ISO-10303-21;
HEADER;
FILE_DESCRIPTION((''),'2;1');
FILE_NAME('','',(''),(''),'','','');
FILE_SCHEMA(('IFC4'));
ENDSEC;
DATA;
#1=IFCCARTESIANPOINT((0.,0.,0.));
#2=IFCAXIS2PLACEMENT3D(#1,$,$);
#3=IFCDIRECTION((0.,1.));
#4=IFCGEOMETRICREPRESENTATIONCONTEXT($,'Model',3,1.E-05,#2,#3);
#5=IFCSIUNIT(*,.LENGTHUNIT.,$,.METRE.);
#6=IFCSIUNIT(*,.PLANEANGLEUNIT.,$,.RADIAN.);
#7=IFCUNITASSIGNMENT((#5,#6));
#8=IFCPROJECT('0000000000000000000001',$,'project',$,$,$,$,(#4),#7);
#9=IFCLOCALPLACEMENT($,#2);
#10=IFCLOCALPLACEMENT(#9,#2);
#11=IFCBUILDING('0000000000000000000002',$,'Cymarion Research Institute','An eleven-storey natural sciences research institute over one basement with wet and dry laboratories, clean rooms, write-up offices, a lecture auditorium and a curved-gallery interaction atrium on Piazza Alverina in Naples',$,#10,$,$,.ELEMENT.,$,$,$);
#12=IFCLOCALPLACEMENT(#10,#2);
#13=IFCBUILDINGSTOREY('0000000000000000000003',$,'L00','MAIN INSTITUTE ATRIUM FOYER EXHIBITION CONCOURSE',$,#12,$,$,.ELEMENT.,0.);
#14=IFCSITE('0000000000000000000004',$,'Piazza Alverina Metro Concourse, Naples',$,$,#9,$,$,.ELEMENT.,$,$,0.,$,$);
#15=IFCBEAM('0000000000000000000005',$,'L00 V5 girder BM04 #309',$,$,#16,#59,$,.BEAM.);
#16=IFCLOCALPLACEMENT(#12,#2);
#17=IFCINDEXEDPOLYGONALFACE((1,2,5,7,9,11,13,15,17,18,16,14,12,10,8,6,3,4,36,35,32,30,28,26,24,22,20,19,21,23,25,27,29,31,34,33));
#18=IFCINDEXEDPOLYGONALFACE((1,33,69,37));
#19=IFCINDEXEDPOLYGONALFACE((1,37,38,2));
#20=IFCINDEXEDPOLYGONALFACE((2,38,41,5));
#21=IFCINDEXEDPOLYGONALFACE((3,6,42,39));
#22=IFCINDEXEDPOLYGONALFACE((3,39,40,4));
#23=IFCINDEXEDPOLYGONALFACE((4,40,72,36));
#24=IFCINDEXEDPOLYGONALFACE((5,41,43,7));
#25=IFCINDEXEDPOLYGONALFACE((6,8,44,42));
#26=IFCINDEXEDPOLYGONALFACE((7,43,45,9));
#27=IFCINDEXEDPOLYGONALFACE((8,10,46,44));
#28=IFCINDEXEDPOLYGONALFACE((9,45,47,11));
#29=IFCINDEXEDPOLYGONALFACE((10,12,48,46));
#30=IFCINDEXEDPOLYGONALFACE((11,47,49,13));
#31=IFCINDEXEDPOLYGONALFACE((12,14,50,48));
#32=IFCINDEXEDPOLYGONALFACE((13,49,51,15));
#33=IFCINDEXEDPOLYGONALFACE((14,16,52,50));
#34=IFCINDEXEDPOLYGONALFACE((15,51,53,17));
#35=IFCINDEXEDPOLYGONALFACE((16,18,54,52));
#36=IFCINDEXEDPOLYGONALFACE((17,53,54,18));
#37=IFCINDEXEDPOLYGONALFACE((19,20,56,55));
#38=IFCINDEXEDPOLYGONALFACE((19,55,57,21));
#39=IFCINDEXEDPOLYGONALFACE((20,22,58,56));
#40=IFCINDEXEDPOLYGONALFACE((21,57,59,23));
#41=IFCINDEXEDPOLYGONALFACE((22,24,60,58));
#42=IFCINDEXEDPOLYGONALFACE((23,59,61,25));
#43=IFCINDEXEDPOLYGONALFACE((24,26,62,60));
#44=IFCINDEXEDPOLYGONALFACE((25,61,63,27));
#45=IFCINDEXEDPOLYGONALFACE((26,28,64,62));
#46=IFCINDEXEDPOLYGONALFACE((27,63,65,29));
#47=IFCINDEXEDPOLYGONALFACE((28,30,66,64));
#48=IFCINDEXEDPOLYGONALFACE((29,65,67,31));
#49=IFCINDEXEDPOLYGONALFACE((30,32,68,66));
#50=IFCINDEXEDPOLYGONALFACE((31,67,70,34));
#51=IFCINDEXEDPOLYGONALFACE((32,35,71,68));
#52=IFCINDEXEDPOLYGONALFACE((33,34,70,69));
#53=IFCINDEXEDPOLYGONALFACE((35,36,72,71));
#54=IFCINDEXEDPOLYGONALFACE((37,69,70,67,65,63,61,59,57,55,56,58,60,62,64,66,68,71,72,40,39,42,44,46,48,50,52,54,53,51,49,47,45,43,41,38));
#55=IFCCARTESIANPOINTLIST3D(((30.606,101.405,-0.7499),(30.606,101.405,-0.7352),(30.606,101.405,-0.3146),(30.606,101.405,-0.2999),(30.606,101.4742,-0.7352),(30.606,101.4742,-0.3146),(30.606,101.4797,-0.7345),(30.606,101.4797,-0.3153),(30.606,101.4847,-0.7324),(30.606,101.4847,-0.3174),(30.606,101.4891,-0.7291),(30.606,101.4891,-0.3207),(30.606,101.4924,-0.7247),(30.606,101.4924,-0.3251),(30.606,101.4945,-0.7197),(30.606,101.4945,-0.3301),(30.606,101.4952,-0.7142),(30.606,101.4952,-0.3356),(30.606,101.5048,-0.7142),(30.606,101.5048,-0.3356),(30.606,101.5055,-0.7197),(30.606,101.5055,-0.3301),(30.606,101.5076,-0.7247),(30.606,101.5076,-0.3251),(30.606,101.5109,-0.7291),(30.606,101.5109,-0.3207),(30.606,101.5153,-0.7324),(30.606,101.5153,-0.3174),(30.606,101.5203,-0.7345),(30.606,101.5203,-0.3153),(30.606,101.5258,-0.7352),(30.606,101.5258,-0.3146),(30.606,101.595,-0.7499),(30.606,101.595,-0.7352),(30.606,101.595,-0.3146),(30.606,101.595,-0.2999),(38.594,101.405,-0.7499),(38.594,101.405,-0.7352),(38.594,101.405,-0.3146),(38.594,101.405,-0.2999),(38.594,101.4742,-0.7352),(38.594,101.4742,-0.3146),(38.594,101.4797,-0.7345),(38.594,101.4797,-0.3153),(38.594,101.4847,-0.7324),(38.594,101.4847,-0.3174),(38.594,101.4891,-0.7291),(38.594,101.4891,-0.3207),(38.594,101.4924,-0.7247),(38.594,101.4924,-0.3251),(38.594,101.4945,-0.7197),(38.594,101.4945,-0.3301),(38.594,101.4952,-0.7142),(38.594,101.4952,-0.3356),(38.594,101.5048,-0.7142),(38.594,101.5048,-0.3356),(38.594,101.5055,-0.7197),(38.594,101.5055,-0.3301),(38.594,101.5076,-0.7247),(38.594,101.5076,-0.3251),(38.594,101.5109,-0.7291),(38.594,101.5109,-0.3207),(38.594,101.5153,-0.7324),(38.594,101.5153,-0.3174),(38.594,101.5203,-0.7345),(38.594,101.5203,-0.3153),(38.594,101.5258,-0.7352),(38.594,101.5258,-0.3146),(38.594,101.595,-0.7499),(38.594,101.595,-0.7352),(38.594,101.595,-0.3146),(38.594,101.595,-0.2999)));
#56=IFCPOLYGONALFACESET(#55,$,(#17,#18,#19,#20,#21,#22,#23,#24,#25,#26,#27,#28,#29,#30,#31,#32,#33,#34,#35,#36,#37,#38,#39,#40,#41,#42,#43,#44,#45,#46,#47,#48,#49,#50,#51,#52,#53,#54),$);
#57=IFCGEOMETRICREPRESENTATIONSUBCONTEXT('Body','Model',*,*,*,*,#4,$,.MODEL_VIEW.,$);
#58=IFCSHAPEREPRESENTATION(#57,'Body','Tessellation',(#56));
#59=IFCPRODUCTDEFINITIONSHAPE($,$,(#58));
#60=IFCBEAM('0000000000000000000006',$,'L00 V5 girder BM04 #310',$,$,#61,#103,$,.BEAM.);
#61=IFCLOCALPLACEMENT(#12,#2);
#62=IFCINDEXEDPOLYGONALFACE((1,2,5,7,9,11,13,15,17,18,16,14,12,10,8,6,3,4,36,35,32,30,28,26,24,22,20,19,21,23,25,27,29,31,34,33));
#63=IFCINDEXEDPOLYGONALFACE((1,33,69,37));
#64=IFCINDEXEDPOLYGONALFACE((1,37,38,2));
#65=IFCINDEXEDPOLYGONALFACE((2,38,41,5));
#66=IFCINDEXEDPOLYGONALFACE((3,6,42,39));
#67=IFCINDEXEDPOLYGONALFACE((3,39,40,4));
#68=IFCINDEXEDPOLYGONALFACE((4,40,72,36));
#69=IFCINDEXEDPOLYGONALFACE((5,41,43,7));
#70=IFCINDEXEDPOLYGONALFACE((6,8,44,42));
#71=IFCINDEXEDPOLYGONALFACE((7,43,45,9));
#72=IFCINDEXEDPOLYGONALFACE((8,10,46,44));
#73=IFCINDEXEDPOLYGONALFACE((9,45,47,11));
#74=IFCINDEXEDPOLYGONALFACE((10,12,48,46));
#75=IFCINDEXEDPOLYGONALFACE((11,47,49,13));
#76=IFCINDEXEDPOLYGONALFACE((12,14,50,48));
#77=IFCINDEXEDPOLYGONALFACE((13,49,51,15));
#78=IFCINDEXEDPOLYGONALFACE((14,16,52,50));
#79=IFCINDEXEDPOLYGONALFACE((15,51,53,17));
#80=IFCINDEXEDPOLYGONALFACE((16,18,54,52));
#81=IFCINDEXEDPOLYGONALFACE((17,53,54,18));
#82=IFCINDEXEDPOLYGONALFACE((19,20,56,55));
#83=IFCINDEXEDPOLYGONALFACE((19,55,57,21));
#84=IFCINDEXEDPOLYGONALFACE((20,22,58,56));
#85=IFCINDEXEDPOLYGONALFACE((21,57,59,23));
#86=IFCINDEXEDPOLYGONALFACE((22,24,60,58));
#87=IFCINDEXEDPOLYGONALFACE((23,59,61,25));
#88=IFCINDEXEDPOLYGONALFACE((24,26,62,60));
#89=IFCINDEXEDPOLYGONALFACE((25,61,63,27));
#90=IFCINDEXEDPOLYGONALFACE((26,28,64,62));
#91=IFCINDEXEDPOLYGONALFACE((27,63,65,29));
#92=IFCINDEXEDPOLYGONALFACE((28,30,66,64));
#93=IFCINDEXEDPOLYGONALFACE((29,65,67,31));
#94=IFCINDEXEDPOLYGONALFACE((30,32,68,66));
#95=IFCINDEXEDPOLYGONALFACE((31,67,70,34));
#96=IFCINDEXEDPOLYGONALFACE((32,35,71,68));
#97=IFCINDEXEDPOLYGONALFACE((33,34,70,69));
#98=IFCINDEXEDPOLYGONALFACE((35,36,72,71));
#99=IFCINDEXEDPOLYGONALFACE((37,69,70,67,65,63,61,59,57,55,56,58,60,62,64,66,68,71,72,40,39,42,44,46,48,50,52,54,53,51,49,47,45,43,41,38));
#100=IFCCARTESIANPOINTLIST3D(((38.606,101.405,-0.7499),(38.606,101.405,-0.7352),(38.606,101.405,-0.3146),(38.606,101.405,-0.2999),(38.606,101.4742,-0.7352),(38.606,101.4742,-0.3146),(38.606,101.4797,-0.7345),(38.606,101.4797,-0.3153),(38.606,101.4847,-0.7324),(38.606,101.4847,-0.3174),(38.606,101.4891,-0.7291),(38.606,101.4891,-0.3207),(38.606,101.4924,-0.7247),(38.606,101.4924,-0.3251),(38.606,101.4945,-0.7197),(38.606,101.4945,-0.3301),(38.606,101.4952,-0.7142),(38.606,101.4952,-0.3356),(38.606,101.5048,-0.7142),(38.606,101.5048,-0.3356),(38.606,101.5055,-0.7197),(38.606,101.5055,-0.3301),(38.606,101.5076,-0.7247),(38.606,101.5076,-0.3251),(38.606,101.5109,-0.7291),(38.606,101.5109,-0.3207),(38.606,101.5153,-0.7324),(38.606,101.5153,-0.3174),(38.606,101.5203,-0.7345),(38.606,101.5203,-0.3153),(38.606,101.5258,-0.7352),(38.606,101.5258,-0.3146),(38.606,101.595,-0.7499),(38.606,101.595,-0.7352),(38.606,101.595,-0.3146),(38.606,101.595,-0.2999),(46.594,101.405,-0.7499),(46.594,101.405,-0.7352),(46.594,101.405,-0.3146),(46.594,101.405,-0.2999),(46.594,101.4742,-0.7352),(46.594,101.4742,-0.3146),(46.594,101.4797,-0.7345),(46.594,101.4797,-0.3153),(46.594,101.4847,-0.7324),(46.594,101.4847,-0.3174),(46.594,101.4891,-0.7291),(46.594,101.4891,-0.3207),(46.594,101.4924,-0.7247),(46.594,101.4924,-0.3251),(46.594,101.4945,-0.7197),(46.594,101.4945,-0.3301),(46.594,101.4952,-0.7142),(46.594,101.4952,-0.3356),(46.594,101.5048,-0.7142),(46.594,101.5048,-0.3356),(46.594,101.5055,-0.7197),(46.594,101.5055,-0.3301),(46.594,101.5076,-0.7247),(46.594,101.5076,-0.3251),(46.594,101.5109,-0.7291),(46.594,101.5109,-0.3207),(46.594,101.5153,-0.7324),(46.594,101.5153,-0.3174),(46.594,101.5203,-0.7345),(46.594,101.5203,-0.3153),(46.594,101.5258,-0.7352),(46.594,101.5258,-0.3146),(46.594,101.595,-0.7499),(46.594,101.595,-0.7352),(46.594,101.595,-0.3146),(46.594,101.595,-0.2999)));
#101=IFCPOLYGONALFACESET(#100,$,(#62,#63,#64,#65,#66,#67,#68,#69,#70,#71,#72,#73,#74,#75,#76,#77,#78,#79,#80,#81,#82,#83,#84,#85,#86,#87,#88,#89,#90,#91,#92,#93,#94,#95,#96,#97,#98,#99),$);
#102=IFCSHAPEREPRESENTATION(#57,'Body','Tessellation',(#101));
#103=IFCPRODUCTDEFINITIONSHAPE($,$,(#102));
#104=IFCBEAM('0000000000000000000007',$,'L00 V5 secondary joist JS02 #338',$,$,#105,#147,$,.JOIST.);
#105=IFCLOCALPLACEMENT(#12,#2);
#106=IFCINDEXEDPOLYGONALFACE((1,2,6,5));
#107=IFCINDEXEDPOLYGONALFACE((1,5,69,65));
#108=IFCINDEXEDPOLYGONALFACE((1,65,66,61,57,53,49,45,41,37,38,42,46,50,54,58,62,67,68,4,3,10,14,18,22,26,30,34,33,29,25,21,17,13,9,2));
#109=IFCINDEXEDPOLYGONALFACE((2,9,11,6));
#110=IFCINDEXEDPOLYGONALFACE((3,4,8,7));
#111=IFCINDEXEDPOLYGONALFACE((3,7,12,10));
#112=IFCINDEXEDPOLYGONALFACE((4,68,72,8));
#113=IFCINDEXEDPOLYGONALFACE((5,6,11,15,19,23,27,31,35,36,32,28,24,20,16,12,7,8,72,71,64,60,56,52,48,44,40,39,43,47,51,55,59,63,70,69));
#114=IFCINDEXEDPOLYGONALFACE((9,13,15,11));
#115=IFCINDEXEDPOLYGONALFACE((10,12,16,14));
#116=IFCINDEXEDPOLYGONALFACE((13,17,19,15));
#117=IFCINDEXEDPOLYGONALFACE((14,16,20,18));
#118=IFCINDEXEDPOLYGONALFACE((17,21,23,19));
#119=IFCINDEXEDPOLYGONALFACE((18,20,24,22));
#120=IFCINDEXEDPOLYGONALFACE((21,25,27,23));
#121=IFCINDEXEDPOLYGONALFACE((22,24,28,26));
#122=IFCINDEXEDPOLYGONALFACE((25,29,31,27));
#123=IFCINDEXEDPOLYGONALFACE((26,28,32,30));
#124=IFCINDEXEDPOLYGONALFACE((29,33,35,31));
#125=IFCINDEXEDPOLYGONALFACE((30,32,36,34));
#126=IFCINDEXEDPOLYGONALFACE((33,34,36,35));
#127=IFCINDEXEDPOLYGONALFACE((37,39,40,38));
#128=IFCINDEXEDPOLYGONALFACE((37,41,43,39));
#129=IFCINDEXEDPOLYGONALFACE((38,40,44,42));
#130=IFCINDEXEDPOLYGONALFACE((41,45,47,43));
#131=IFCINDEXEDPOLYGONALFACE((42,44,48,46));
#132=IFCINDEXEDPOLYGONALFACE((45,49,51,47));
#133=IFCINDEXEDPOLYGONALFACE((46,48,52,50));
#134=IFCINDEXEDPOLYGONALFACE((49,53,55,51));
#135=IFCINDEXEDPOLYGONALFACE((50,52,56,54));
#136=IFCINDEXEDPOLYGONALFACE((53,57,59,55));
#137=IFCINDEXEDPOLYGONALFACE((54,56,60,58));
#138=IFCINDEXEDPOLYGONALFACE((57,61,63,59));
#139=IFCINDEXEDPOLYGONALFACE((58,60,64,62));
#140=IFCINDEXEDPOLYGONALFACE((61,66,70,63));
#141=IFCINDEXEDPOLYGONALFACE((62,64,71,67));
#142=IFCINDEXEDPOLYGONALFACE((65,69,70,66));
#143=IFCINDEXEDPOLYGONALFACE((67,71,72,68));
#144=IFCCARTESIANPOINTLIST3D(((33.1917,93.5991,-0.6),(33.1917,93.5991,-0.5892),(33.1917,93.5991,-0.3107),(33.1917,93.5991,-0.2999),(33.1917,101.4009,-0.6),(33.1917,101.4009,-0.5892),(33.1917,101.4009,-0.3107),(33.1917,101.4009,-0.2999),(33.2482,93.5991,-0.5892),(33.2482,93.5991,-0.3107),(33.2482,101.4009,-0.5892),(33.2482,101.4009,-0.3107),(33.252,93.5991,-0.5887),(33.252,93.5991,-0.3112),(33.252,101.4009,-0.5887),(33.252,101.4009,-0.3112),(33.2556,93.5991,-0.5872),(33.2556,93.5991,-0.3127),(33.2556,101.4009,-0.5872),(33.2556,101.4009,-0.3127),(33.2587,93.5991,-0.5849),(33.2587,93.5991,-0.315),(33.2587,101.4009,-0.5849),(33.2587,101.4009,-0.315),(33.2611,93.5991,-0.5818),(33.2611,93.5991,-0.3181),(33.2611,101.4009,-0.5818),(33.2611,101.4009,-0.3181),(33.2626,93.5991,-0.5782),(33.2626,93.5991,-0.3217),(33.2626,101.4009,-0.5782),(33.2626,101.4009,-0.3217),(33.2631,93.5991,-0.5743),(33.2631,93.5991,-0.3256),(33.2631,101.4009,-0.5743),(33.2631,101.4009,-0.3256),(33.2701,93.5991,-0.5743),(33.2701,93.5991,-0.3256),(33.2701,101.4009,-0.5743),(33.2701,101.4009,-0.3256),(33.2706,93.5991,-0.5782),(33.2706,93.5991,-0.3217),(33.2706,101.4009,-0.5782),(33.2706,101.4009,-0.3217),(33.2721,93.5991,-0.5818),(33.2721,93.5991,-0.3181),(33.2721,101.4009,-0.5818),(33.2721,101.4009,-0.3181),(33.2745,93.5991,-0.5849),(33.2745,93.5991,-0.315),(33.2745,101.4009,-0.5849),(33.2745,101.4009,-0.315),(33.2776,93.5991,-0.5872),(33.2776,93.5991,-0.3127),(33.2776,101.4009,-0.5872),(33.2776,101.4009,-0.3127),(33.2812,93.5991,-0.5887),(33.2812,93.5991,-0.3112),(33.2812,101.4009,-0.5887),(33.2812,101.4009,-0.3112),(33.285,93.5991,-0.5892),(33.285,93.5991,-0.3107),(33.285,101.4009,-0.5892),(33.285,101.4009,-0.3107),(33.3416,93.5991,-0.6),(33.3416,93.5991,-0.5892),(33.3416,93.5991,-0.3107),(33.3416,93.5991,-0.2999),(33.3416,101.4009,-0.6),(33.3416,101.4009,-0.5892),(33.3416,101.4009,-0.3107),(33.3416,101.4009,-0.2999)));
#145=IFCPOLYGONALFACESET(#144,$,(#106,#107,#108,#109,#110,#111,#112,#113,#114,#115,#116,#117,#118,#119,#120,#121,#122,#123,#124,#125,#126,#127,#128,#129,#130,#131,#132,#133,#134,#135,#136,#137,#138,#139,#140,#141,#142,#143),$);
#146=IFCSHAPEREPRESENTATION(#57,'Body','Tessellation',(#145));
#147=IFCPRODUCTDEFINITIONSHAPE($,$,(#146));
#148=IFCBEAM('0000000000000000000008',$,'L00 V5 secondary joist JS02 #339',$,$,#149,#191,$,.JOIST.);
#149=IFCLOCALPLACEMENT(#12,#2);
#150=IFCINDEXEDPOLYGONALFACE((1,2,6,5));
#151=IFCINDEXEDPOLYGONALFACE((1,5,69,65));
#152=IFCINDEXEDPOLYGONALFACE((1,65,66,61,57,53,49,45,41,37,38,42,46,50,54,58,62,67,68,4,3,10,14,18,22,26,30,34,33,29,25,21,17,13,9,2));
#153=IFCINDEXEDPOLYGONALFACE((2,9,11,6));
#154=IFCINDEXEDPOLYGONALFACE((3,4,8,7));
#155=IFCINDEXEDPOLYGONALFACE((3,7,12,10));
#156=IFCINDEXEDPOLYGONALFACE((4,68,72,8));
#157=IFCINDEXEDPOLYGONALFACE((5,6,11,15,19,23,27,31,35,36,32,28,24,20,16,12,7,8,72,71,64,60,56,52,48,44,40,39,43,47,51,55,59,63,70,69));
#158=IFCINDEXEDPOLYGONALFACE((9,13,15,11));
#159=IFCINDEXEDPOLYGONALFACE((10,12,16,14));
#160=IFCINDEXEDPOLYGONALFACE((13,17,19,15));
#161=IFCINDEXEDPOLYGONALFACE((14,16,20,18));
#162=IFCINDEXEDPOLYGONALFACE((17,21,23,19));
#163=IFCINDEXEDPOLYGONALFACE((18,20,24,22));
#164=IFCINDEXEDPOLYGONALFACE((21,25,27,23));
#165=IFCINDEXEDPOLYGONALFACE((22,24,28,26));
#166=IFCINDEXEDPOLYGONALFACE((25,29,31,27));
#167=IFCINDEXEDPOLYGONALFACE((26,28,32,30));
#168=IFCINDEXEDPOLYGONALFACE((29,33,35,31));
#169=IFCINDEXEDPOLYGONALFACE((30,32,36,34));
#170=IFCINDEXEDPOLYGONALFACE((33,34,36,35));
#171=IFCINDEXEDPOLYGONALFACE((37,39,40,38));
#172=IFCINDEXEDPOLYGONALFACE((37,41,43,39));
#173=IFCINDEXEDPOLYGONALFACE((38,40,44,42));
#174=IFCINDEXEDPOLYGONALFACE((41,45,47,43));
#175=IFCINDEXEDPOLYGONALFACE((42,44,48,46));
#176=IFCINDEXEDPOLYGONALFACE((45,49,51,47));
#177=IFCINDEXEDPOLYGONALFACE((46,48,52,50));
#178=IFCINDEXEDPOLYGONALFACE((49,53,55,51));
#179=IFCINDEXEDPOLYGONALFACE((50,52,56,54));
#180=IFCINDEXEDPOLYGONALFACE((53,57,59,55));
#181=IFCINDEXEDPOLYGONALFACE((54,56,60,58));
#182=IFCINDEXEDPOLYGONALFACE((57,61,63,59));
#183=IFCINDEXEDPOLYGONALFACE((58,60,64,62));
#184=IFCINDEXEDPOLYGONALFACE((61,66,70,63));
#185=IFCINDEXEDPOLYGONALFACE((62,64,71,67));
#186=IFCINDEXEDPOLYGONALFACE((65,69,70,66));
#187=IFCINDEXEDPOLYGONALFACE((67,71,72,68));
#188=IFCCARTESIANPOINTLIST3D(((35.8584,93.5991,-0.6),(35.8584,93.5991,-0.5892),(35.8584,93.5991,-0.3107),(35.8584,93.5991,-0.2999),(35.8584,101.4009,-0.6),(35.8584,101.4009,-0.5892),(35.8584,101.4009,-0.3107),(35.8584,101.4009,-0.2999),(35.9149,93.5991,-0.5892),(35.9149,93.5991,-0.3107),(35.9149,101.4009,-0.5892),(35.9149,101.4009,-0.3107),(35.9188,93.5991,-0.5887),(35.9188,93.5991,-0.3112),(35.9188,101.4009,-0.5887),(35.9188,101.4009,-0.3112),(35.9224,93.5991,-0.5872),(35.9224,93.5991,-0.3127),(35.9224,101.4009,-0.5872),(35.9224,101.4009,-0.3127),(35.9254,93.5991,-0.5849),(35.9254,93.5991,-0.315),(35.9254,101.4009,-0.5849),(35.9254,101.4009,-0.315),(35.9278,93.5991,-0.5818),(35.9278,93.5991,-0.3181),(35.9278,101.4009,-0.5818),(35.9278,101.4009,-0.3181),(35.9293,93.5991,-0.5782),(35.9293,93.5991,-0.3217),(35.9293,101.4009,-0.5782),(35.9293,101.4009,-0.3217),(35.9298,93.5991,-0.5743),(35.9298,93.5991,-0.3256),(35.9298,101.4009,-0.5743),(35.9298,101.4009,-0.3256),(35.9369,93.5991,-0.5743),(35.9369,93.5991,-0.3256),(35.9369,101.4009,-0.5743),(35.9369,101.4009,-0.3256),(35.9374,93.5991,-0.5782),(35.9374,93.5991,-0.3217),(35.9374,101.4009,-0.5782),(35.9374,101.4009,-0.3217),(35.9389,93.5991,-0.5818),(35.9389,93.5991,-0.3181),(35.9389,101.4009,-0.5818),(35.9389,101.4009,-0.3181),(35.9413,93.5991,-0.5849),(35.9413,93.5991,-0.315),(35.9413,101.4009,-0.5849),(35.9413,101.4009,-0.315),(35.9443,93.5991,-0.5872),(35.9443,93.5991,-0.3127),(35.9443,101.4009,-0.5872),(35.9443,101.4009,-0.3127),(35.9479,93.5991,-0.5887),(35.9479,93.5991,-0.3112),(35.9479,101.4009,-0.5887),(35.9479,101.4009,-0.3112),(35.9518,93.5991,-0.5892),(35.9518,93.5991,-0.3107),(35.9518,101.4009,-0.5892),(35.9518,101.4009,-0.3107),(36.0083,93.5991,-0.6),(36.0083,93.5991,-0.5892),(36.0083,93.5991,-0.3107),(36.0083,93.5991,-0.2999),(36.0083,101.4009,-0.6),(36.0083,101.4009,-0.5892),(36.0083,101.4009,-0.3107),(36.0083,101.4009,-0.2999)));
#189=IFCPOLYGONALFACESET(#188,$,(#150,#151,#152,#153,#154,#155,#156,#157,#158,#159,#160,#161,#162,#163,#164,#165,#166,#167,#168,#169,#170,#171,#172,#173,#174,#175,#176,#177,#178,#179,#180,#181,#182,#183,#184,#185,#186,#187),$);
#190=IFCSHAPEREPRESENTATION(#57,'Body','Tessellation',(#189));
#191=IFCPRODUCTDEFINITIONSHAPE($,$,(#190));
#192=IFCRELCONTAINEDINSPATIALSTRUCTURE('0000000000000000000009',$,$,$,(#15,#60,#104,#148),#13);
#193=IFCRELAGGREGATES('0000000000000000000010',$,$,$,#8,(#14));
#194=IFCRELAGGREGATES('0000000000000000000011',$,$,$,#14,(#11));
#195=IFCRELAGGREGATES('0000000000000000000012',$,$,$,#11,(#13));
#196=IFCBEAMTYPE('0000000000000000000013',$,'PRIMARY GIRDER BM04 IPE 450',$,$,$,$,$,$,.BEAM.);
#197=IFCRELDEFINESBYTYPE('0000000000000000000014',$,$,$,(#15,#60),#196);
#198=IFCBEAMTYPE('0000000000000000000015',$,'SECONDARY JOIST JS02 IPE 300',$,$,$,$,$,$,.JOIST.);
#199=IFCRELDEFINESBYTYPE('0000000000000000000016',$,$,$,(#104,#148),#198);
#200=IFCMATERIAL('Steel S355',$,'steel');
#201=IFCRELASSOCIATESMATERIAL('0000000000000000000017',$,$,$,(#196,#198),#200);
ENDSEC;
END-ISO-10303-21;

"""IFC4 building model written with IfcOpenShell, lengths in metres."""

from ifc_helpers import new_model, si_unit, direction, frame, origin, origin_2d, place, context, subcontext, project, spatial, i_section, extrude, material, material_profile, profile_set, type_object, element, save


model = new_model("IFC4")

# Units and contexts
model_context = context("Model", 3, precision=1e-05, world=origin(), true_north=direction((0.0, 1.0)))
body_context = subcontext(model_context, "Body", "Model", "MODEL_VIEW")
ifc_project = project(units=[si_unit("LENGTHUNIT", "METRE"), si_unit("PLANEANGLEUNIT", "RADIAN")], contexts=[model_context])

# Site, building, storey
site_placement = place(None, origin())
site = spatial("IfcSite", under=ifc_project, at=site_placement, Name="Piazza Alverina Metro Concourse, Naples", CompositionType="ELEMENT", RefElevation=0.0)
building_placement = place(site_placement, origin())
building = spatial("IfcBuilding", under=site, at=building_placement, Name="Cymarion Research Institute", Description="An eleven-storey natural sciences research institute over one basement with wet and dry laboratories, clean rooms, write-up offices, a lecture auditorium and a curved-gallery interaction atrium on Piazza Alverina in Naples", CompositionType="ELEMENT")
storey_placement = place(building_placement, origin())
storey = spatial("IfcBuildingStorey", under=building, at=storey_placement, Name="L00", Description="MAIN INSTITUTE ATRIUM FOYER EXHIBITION CONCOURSE", CompositionType="ELEMENT", Elevation=0.0)

# Shared definitions
ifc_material_1 = material(Name="Steel S355", Category="steel")

# Beams
ifc_material_profile_1 = material_profile(ifc_material_1, i_section(OverallWidth=0.1899, OverallDepth=0.45, WebThickness=0.0095, FlangeThickness=0.0146, FilletRadius=0.021, at=origin_2d()), Name="IPE 450")
ifc_profile_set_1 = profile_set([ifc_material_profile_1], Name="Steel S355")
beam_type_1 = type_object("IfcBeamType", Name="PRIMARY GIRDER BM04 IPE 450", PredefinedType="BEAM", material=ifc_profile_set_1)
for number, where, z_axis, x_axis, name in (
    (1, (30.606, 101.5, -0.5249), (1.0, 0.0, 0.0), (0.0, 1.0, 0.0), "L00 V5 girder BM04 #309"),
    (2, (38.606, 101.5, -0.5249), (1.0, 0.0, 0.0), (0.0, 1.0, 0.0), "L00 V5 girder BM04 #310"),
):
    element("IfcBeam", number, at=place(storey_placement, frame(where, z_axis=z_axis, x_axis=x_axis)), inside=storey, type_object=beam_type_1, Name=name, PredefinedType="BEAM", context=body_context, shape_type="SweptSolid", body=[
        extrude(i_section(OverallWidth=0.1899, OverallDepth=0.45, WebThickness=0.0095, FlangeThickness=0.0146, FilletRadius=0.021, at=origin_2d()), origin(), (0.0, 0.0, 1.0), 7.988),
    ])
ifc_material_profile_2 = material_profile(ifc_material_1, i_section(OverallWidth=0.1499, OverallDepth=0.3, WebThickness=0.0071, FlangeThickness=0.0107, FilletRadius=0.0149, at=origin_2d()), Name="IPE 300")
ifc_profile_set_2 = profile_set([ifc_material_profile_2], Name="Steel S355")
beam_type_2 = type_object("IfcBeamType", Name="SECONDARY JOIST JS02 IPE 300", PredefinedType="JOIST", material=ifc_profile_set_2)
for number, where, z_axis, x_axis, name in (
    (3, (33.2666, 93.5991, -0.45), (0.0, 1.0, 0.0), (-1.0, 0.0, 0.0), "L00 V5 secondary joist JS02 #338"),
    (4, (35.9333, 93.5991, -0.45), (0.0, 1.0, 0.0), (-1.0, 0.0, 0.0), "L00 V5 secondary joist JS02 #339"),
):
    element("IfcBeam", number, at=place(storey_placement, frame(where, z_axis=z_axis, x_axis=x_axis)), inside=storey, type_object=beam_type_2, Name=name, PredefinedType="JOIST", context=body_context, shape_type="SweptSolid", body=[
        extrude(i_section(OverallWidth=0.1499, OverallDepth=0.3, WebThickness=0.0071, FlangeThickness=0.0107, FilletRadius=0.0149, at=origin_2d()), origin(), (0.0, 0.0, 1.0), 7.8018),
    ])

save(model, "model.ifc")
